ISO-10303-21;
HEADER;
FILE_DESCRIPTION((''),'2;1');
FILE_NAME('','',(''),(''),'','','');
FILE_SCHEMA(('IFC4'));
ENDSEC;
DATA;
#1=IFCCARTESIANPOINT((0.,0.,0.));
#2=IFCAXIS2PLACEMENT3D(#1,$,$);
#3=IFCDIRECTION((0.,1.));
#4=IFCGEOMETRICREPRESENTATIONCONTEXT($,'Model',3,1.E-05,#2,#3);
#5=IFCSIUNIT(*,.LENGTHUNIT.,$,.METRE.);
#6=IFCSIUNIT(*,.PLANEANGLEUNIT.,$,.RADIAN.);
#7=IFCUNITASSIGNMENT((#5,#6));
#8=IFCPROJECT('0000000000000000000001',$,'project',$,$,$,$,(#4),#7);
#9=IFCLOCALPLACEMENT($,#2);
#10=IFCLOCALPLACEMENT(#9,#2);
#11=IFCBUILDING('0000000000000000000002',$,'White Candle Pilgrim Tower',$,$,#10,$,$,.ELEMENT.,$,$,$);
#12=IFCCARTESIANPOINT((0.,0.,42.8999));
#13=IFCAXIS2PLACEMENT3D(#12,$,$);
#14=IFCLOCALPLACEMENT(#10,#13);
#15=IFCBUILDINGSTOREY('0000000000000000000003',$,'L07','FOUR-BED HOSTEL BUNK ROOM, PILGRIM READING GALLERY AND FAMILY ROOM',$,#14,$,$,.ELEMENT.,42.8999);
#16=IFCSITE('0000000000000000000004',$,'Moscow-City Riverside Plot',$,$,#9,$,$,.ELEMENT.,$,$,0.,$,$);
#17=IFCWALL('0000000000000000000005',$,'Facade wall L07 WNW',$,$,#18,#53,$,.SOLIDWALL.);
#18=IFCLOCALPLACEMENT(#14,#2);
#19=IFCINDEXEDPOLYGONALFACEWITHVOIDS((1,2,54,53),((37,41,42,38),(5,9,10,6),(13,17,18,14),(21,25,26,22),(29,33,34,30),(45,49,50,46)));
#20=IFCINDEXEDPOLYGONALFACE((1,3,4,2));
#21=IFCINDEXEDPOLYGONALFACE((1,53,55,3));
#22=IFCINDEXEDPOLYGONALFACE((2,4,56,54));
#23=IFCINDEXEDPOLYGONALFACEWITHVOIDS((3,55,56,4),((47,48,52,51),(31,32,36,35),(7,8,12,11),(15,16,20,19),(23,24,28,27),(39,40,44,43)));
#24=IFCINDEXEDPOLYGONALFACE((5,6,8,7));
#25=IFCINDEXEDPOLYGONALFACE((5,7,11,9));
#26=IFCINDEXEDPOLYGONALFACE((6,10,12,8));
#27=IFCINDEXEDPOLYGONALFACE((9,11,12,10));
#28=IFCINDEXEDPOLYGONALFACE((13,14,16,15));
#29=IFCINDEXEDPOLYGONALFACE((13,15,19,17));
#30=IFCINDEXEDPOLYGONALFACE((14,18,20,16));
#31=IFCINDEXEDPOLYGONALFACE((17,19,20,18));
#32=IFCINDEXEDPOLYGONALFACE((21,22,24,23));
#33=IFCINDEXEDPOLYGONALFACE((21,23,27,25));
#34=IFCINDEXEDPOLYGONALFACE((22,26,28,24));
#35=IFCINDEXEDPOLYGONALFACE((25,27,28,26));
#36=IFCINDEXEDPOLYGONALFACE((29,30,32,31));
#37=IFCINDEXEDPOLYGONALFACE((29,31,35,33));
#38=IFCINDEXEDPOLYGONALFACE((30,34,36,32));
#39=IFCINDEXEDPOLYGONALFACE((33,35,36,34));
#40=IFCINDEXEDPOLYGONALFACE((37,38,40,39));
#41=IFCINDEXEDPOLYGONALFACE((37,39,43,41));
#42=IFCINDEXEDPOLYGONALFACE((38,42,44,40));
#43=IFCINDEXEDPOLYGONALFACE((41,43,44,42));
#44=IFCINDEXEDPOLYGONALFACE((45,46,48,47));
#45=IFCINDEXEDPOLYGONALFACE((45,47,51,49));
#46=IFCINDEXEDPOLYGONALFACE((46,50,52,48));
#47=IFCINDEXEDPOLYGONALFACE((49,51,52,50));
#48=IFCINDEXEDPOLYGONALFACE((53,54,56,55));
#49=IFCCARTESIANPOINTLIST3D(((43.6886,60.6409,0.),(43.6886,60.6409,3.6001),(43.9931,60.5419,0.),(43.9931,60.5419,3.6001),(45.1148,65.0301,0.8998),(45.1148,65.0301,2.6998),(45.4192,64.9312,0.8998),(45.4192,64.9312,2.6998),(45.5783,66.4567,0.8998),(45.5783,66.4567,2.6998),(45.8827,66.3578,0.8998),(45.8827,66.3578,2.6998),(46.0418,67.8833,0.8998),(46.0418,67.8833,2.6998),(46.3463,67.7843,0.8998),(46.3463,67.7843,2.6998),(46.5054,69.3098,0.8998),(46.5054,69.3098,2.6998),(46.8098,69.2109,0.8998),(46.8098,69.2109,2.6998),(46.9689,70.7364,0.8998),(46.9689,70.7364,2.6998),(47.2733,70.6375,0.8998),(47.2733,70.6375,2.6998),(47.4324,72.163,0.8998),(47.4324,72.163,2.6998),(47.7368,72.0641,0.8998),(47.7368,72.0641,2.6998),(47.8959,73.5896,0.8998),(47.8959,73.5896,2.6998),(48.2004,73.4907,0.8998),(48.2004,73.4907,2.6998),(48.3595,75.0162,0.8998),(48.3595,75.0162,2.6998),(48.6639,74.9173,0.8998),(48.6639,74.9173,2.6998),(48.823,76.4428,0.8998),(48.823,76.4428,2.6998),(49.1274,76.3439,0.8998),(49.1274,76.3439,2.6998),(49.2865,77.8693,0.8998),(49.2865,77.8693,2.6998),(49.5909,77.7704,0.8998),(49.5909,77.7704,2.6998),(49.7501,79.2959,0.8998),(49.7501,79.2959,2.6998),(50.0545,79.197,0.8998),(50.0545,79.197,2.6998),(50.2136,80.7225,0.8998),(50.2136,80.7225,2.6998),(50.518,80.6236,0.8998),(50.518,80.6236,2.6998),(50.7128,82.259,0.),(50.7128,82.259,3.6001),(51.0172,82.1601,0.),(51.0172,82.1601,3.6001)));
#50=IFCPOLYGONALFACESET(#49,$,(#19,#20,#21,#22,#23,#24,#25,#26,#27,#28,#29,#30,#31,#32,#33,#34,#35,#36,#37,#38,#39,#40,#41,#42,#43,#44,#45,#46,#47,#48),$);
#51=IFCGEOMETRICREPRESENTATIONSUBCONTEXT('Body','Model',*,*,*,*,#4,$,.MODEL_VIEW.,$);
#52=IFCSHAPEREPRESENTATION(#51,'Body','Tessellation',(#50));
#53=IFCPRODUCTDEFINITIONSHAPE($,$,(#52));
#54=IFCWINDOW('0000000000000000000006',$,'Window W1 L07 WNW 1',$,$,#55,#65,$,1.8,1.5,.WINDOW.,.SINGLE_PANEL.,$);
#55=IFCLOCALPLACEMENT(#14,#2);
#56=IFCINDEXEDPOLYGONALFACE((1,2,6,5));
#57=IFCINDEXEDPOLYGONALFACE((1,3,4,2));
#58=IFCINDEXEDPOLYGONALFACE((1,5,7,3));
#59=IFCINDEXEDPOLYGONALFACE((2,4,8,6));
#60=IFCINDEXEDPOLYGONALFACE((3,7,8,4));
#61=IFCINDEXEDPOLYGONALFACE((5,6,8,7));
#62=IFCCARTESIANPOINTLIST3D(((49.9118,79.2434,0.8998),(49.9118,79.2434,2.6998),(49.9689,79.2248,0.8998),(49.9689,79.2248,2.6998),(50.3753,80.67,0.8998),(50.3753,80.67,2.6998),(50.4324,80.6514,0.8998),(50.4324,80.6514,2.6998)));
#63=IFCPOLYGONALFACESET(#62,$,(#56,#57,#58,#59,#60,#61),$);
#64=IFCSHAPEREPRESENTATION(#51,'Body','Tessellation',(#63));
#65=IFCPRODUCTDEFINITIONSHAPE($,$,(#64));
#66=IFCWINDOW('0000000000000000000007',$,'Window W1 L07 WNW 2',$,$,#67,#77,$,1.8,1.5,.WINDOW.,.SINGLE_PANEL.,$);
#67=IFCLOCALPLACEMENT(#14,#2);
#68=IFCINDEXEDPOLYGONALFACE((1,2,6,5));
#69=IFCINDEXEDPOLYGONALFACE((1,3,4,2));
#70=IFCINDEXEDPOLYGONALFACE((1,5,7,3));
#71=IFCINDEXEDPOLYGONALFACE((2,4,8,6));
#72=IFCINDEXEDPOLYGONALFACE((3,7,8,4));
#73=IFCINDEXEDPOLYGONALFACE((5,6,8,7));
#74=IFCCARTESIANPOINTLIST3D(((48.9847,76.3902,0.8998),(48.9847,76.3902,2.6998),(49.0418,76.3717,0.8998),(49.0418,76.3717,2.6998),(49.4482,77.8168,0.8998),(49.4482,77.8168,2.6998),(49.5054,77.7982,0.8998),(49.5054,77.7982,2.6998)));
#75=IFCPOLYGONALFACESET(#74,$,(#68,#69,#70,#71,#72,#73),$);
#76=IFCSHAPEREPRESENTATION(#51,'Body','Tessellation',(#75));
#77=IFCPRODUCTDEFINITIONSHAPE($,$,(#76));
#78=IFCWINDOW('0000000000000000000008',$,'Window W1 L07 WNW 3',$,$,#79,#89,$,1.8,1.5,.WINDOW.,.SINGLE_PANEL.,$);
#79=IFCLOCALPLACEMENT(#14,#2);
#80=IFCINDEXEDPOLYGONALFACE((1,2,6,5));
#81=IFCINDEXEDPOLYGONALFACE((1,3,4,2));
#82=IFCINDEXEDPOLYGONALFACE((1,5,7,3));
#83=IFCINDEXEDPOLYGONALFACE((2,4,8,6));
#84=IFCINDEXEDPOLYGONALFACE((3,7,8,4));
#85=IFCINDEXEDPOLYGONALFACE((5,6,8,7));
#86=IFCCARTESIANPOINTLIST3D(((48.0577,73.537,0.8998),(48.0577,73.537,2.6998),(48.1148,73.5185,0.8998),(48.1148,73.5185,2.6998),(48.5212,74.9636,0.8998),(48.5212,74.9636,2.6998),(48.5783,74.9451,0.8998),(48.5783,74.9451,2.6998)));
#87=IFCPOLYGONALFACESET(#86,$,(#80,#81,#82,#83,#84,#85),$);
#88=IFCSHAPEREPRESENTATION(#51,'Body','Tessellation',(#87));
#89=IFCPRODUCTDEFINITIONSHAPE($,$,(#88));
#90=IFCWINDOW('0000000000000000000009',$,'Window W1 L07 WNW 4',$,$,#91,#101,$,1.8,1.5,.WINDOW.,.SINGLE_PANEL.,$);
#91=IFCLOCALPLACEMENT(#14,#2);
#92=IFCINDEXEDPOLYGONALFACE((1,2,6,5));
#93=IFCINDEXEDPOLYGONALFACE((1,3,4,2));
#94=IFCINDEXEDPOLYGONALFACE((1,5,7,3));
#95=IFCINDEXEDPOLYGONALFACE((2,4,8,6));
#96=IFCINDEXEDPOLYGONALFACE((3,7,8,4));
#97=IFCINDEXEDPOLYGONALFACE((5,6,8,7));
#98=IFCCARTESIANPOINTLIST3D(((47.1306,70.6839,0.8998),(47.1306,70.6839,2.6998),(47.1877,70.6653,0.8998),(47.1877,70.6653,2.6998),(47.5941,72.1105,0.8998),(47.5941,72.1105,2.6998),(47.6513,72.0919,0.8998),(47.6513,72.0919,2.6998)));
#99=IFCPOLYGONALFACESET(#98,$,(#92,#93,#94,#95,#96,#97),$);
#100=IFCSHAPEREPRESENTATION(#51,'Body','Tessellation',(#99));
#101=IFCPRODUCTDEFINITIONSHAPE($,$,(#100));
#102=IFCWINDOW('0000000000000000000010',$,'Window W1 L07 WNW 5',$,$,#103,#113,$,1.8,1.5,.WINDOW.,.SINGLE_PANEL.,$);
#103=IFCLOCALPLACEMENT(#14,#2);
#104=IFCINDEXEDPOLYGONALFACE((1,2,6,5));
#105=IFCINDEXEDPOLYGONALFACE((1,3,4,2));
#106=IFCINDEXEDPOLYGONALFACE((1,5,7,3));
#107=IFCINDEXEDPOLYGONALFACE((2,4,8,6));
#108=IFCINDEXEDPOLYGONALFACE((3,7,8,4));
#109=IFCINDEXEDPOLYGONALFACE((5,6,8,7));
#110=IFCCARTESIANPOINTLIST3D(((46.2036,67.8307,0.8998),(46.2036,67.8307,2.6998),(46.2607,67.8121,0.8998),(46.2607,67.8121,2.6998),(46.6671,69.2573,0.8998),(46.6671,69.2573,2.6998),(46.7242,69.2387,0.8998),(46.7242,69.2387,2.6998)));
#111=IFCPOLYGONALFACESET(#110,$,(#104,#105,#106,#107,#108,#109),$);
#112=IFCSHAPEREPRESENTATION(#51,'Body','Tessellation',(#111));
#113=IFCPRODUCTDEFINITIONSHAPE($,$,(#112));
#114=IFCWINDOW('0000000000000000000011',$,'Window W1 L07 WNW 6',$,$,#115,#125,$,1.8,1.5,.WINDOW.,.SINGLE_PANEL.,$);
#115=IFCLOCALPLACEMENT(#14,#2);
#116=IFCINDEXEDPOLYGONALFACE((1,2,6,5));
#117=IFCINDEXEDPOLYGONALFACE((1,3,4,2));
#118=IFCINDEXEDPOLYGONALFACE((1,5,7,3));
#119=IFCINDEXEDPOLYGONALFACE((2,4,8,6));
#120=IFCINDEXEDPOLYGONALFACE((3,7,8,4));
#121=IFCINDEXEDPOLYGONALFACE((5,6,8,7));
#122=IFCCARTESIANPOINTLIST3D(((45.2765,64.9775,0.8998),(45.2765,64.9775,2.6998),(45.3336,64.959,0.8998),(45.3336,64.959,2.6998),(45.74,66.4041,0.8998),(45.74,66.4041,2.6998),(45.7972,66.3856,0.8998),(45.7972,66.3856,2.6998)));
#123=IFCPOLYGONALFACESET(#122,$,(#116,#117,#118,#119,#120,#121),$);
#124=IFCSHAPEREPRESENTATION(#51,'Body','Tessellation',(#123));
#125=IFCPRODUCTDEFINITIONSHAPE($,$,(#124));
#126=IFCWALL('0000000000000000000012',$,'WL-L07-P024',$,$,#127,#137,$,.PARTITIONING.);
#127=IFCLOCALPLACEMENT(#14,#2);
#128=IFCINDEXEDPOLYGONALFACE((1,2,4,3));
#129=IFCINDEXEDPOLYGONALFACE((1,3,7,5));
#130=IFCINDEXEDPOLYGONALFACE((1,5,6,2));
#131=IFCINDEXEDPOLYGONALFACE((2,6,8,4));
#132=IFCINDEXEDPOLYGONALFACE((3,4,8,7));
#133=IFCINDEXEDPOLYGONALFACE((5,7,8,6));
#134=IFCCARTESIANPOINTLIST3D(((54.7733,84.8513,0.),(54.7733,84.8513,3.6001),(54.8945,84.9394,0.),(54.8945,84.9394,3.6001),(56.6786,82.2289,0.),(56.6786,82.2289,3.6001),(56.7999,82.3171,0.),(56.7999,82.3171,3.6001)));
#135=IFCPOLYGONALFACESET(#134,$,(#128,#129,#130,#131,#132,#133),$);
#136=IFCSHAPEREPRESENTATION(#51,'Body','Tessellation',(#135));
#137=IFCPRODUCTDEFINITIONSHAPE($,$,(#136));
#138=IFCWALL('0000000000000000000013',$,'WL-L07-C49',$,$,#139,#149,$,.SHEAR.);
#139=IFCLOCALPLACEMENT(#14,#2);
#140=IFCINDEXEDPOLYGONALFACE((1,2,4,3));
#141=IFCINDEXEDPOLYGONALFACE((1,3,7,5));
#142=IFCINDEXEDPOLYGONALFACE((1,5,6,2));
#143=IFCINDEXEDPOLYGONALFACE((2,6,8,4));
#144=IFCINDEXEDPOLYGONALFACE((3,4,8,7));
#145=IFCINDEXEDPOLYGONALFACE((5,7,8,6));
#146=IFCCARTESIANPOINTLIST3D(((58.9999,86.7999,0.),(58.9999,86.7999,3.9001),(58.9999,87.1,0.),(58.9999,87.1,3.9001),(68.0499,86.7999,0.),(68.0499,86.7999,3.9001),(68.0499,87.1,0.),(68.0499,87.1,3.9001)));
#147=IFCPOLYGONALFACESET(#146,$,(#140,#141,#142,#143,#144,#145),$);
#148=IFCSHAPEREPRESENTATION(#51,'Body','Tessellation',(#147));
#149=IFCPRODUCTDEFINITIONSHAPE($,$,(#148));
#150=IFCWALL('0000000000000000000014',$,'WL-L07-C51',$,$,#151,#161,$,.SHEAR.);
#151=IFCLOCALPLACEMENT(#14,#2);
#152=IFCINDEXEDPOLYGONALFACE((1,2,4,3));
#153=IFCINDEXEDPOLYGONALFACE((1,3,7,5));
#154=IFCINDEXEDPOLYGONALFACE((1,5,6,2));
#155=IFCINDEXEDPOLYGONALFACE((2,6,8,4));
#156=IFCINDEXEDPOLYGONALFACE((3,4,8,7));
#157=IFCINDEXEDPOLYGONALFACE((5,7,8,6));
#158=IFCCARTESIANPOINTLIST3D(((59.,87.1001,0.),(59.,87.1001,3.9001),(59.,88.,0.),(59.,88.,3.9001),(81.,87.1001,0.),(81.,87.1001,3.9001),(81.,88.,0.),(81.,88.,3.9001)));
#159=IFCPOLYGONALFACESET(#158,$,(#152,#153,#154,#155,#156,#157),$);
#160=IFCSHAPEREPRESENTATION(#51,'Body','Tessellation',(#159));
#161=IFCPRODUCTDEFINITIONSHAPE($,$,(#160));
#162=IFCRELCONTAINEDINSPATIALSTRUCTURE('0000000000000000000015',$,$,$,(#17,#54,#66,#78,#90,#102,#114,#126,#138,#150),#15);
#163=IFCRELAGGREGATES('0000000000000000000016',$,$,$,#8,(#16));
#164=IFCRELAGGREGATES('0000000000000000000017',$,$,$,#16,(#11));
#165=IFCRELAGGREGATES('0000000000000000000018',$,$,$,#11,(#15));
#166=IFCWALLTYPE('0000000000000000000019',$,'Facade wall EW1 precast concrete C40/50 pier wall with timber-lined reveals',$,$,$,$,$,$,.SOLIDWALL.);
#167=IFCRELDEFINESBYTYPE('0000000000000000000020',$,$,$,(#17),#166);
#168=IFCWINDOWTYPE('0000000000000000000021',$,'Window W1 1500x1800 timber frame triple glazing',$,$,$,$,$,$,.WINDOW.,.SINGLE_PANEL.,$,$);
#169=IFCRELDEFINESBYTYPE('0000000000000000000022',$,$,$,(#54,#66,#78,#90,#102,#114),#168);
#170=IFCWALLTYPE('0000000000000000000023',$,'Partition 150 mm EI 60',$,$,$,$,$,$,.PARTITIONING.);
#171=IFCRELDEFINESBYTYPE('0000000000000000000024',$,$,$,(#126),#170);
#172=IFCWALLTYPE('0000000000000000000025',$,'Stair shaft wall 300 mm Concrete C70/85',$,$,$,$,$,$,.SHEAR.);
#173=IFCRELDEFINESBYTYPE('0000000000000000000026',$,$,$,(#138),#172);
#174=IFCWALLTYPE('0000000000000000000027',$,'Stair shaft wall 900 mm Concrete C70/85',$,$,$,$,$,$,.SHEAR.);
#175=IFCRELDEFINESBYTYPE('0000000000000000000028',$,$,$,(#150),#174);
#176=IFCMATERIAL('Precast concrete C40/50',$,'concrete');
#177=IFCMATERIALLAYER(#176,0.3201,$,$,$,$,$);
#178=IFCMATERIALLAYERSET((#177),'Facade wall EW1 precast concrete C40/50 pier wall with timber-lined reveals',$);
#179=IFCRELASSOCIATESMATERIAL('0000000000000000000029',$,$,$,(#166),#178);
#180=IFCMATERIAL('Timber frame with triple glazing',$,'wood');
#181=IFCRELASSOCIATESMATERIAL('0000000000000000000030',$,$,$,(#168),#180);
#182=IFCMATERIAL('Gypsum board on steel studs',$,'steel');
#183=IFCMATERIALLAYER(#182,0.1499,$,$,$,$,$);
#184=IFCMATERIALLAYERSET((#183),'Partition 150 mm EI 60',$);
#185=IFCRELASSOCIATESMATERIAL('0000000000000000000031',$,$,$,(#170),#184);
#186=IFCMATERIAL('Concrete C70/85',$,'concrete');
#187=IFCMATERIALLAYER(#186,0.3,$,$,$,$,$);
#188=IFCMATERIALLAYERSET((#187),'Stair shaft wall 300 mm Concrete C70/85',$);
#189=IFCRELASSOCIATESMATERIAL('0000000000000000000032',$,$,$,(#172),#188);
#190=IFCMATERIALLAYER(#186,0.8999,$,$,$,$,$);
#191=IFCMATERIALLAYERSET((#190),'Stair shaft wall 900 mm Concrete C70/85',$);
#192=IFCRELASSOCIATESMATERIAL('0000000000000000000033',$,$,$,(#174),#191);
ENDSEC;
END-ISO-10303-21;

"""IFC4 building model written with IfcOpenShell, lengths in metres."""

from ifc_helpers import new_model, si_unit, direction, frame, frame_2d, origin, place, context, subcontext, project, spatial, rectangle, extrude, material, layer, layer_set, type_object, element, fill, save


model = new_model("IFC4")

# Units and contexts
model_context = context("Model", 3, precision=1e-05, world=origin(), true_north=direction((0.0, 1.0)))
body_context = subcontext(model_context, "Body", "Model", "MODEL_VIEW")
ifc_project = project(units=[si_unit("LENGTHUNIT", "METRE"), si_unit("PLANEANGLEUNIT", "RADIAN")], contexts=[model_context])

# Site, building, storey
site_placement = place(None, origin())
site = spatial("IfcSite", under=ifc_project, at=site_placement, Name="Moscow-City Riverside Plot", CompositionType="ELEMENT", RefElevation=0.0)
building_placement = place(site_placement, origin())
building = spatial("IfcBuilding", under=site, at=building_placement, Name="White Candle Pilgrim Tower", CompositionType="ELEMENT")
storey_placement = place(building_placement, frame((0.0, 0.0, 42.8999)))
storey = spatial("IfcBuildingStorey", under=building, at=storey_placement, Name="L07", Description="FOUR-BED HOSTEL BUNK ROOM, PILGRIM READING GALLERY AND FAMILY ROOM", CompositionType="ELEMENT", Elevation=42.8999)

# Shared definitions
ifc_material_1 = material(Name="Concrete C70/85", Category="concrete")

# Wall, openings, windows
ifc_material_2 = material(Name="Precast concrete C40/50", Category="concrete")
ifc_layer_1 = layer(ifc_material_2, 0.3201)
ifc_layer_set_1 = layer_set([ifc_layer_1], Name="Facade wall EW1 precast concrete C40/50 pier wall with timber-lined reveals")
wall_type_1 = type_object("IfcWallType", Name="Facade wall EW1 precast concrete C40/50 pier wall with timber-lined reveals", PredefinedType="SOLIDWALL", material=ifc_layer_set_1)
ifc_material_3 = material(Name="Timber frame with triple glazing", Category="wood")
wall_1_placement = place(storey_placement, frame((50.865, 82.2095, 0.0), z_axis=(0.0, 0.0, 1.0), x_axis=(-0.309017, -0.951056, 0.0)))
wall_1 = element("IfcWall", 1, at=wall_1_placement, inside=storey, type_object=wall_type_1, Name="Facade wall L07 WNW", PredefinedType="SOLIDWALL", context=body_context, shape_type="SweptSolid", body=[
    extrude(rectangle(XDim=22.7307, YDim=0.3201, at=frame_2d((11.3652, 0.0))), origin(), (0.0, 0.0, 1.0), 3.6001),
])
opening_1_placement = place(wall_1_placement, frame((1.6155, 0.0, 0.8999)))
opening_1 = element("IfcOpeningElement", 2, at=opening_1_placement, cuts=wall_1, PredefinedType="OPENING", context=body_context, shape_type="SweptSolid", body=[
    extrude(rectangle(XDim=1.5, YDim=1.8, at=frame_2d((0.75, 0.8999))), frame((0.0, 0.1699, 0.0), z_axis=(0.0, -1.0, 0.0), x_axis=(1.0, 0.0, 0.0)), (0.0, 0.0, 1.0), 0.3401),
])
opening_2_placement = place(wall_1_placement, frame((4.6155, 0.0, 0.8999)))
opening_2 = element("IfcOpeningElement", 3, at=opening_2_placement, cuts=wall_1, PredefinedType="OPENING", context=body_context, shape_type="SweptSolid", body=[
    extrude(rectangle(XDim=1.5, YDim=1.8, at=frame_2d((0.75, 0.8999))), frame((0.0, 0.1699, 0.0), z_axis=(0.0, -1.0, 0.0), x_axis=(1.0, 0.0, 0.0)), (0.0, 0.0, 1.0), 0.3401),
])
opening_3_placement = place(wall_1_placement, frame((7.6155, 0.0, 0.8999)))
opening_3 = element("IfcOpeningElement", 4, at=opening_3_placement, cuts=wall_1, PredefinedType="OPENING", context=body_context, shape_type="SweptSolid", body=[
    extrude(rectangle(XDim=1.5, YDim=1.8, at=frame_2d((0.75, 0.8999))), frame((0.0, 0.1699, 0.0), z_axis=(0.0, -1.0, 0.0), x_axis=(1.0, 0.0, 0.0)), (0.0, 0.0, 1.0), 0.3401),
])
opening_4_placement = place(wall_1_placement, frame((10.6155, 0.0, 0.8999)))
opening_4 = element("IfcOpeningElement", 5, at=opening_4_placement, cuts=wall_1, PredefinedType="OPENING", context=body_context, shape_type="SweptSolid", body=[
    extrude(rectangle(XDim=1.5, YDim=1.8, at=frame_2d((0.75, 0.8999))), frame((0.0, 0.1699, 0.0), z_axis=(0.0, -1.0, 0.0), x_axis=(1.0, 0.0, 0.0)), (0.0, 0.0, 1.0), 0.3401),
])
opening_5_placement = place(wall_1_placement, frame((13.6155, 0.0, 0.8999)))
opening_5 = element("IfcOpeningElement", 6, at=opening_5_placement, cuts=wall_1, PredefinedType="OPENING", context=body_context, shape_type="SweptSolid", body=[
    extrude(rectangle(XDim=1.5, YDim=1.8, at=frame_2d((0.75, 0.8999))), frame((0.0, 0.1699, 0.0), z_axis=(0.0, -1.0, 0.0), x_axis=(1.0, 0.0, 0.0)), (0.0, 0.0, 1.0), 0.3401),
])
opening_6_placement = place(wall_1_placement, frame((16.6155, 0.0, 0.8999)))
opening_6 = element("IfcOpeningElement", 7, at=opening_6_placement, cuts=wall_1, PredefinedType="OPENING", context=body_context, shape_type="SweptSolid", body=[
    extrude(rectangle(XDim=1.5, YDim=1.8, at=frame_2d((0.75, 0.8999))), frame((0.0, 0.1699, 0.0), z_axis=(0.0, -1.0, 0.0), x_axis=(1.0, 0.0, 0.0)), (0.0, 0.0, 1.0), 0.3401),
])
window_type_1 = type_object("IfcWindowType", Name="Window W1 1500x1800 timber frame triple glazing", PartitioningType="SINGLE_PANEL", PredefinedType="WINDOW", material=ifc_material_3)
window_1_placement = place(opening_1_placement, origin())
window_1 = element("IfcWindow", 8, at=window_1_placement, inside=storey, type_object=window_type_1, Name="Window W1 L07 WNW 1", OverallHeight=1.8, OverallWidth=1.5, PartitioningType="SINGLE_PANEL", PredefinedType="WINDOW", context=body_context, shape_type="SweptSolid", body=[
    extrude(rectangle(XDim=1.5, YDim=1.8, at=frame_2d((0.75, 0.8999))), frame((0.0, 0.0701, 0.0), z_axis=(0.0, -1.0, 0.0), x_axis=(1.0, 0.0, 0.0)), (0.0, 0.0, 1.0), 0.0601),
])
fill(opening_1, window_1)
window_2_placement = place(opening_2_placement, origin())
window_2 = element("IfcWindow", 9, at=window_2_placement, inside=storey, type_object=window_type_1, Name="Window W1 L07 WNW 2", OverallHeight=1.8, OverallWidth=1.5, PartitioningType="SINGLE_PANEL", PredefinedType="WINDOW", context=body_context, shape_type="SweptSolid", body=[
    extrude(rectangle(XDim=1.5, YDim=1.8, at=frame_2d((0.75, 0.8999))), frame((0.0, 0.0701, 0.0), z_axis=(0.0, -1.0, 0.0), x_axis=(1.0, 0.0, 0.0)), (0.0, 0.0, 1.0), 0.0601),
])
fill(opening_2, window_2)
window_3_placement = place(opening_3_placement, origin())
window_3 = element("IfcWindow", 10, at=window_3_placement, inside=storey, type_object=window_type_1, Name="Window W1 L07 WNW 3", OverallHeight=1.8, OverallWidth=1.5, PartitioningType="SINGLE_PANEL", PredefinedType="WINDOW", context=body_context, shape_type="SweptSolid", body=[
    extrude(rectangle(XDim=1.5, YDim=1.8, at=frame_2d((0.75, 0.8999))), frame((0.0, 0.0701, 0.0), z_axis=(0.0, -1.0, 0.0), x_axis=(1.0, 0.0, 0.0)), (0.0, 0.0, 1.0), 0.0601),
])
fill(opening_3, window_3)
window_4_placement = place(opening_4_placement, origin())
window_4 = element("IfcWindow", 11, at=window_4_placement, inside=storey, type_object=window_type_1, Name="Window W1 L07 WNW 4", OverallHeight=1.8, OverallWidth=1.5, PartitioningType="SINGLE_PANEL", PredefinedType="WINDOW", context=body_context, shape_type="SweptSolid", body=[
    extrude(rectangle(XDim=1.5, YDim=1.8, at=frame_2d((0.75, 0.8999))), frame((0.0, 0.0701, 0.0), z_axis=(0.0, -1.0, 0.0), x_axis=(1.0, 0.0, 0.0)), (0.0, 0.0, 1.0), 0.0601),
])
fill(opening_4, window_4)
window_5_placement = place(opening_5_placement, origin())
window_5 = element("IfcWindow", 12, at=window_5_placement, inside=storey, type_object=window_type_1, Name="Window W1 L07 WNW 5", OverallHeight=1.8, OverallWidth=1.5, PartitioningType="SINGLE_PANEL", PredefinedType="WINDOW", context=body_context, shape_type="SweptSolid", body=[
    extrude(rectangle(XDim=1.5, YDim=1.8, at=frame_2d((0.75, 0.8999))), frame((0.0, 0.0701, 0.0), z_axis=(0.0, -1.0, 0.0), x_axis=(1.0, 0.0, 0.0)), (0.0, 0.0, 1.0), 0.0601),
])
fill(opening_5, window_5)
window_6_placement = place(opening_6_placement, origin())
window_6 = element("IfcWindow", 13, at=window_6_placement, inside=storey, type_object=window_type_1, Name="Window W1 L07 WNW 6", OverallHeight=1.8, OverallWidth=1.5, PartitioningType="SINGLE_PANEL", PredefinedType="WINDOW", context=body_context, shape_type="SweptSolid", body=[
    extrude(rectangle(XDim=1.5, YDim=1.8, at=frame_2d((0.75, 0.8999))), frame((0.0, 0.0701, 0.0), z_axis=(0.0, -1.0, 0.0), x_axis=(1.0, 0.0, 0.0)), (0.0, 0.0, 1.0), 0.0601),
])
fill(opening_6, window_6)

# Walls
ifc_material_4 = material(Name="Gypsum board on steel studs", Category="steel")
ifc_layer_2 = layer(ifc_material_4, 0.1499)
ifc_layer_set_2 = layer_set([ifc_layer_2], Name="Partition 150 mm EI 60")
wall_type_2 = type_object("IfcWallType", Name="Partition 150 mm EI 60", PredefinedType="PARTITIONING", material=ifc_layer_set_2)
wall_2_placement = place(storey_placement, frame((54.834, 84.8953, 0.0), z_axis=(0.0, 0.0, 1.0), x_axis=(0.587795, -0.80901, 0.0)))
element("IfcWall", 14, at=wall_2_placement, inside=storey, type_object=wall_type_2, Name="WL-L07-P024", PredefinedType="PARTITIONING", context=body_context, shape_type="SweptSolid", body=[
    extrude(rectangle(XDim=3.2415, YDim=0.1499, at=frame_2d((1.6206, 0.0))), origin(), (0.0, 0.0, 1.0), 3.6001),
])
ifc_layer_3 = layer(ifc_material_1, 0.3)
ifc_layer_set_3 = layer_set([ifc_layer_3], Name="Stair shaft wall 300 mm Concrete C70/85")
wall_type_3 = type_object("IfcWallType", Name="Stair shaft wall 300 mm Concrete C70/85", PredefinedType="SHEAR", material=ifc_layer_set_3)
wall_3_placement = place(storey_placement, frame((59.0, 86.95, 0.0), z_axis=(0.0, 0.0, 1.0), x_axis=(1.0, 0.0, 0.0)))
element("IfcWall", 15, at=wall_3_placement, inside=storey, type_object=wall_type_3, Name="WL-L07-C49", PredefinedType="SHEAR", context=body_context, shape_type="SweptSolid", body=[
    extrude(rectangle(XDim=9.05, YDim=0.3, at=frame_2d((4.5249, 0.0))), origin(), (0.0, 0.0, 1.0), 3.9001),
])
ifc_layer_4 = layer(ifc_material_1, 0.8999)
ifc_layer_set_4 = layer_set([ifc_layer_4], Name="Stair shaft wall 900 mm Concrete C70/85")
wall_type_4 = type_object("IfcWallType", Name="Stair shaft wall 900 mm Concrete C70/85", PredefinedType="SHEAR", material=ifc_layer_set_4)
wall_4_placement = place(storey_placement, frame((59.0, 87.55, 0.0), z_axis=(0.0, 0.0, 1.0), x_axis=(1.0, 0.0, 0.0)))
element("IfcWall", 16, at=wall_4_placement, inside=storey, type_object=wall_type_4, Name="WL-L07-C51", PredefinedType="SHEAR", context=body_context, shape_type="SweptSolid", body=[
    extrude(rectangle(XDim=22.0, YDim=0.8999, at=frame_2d((11.0, 0.0))), origin(), (0.0, 0.0, 1.0), 3.9001),
])

save(model, "model.ifc")
